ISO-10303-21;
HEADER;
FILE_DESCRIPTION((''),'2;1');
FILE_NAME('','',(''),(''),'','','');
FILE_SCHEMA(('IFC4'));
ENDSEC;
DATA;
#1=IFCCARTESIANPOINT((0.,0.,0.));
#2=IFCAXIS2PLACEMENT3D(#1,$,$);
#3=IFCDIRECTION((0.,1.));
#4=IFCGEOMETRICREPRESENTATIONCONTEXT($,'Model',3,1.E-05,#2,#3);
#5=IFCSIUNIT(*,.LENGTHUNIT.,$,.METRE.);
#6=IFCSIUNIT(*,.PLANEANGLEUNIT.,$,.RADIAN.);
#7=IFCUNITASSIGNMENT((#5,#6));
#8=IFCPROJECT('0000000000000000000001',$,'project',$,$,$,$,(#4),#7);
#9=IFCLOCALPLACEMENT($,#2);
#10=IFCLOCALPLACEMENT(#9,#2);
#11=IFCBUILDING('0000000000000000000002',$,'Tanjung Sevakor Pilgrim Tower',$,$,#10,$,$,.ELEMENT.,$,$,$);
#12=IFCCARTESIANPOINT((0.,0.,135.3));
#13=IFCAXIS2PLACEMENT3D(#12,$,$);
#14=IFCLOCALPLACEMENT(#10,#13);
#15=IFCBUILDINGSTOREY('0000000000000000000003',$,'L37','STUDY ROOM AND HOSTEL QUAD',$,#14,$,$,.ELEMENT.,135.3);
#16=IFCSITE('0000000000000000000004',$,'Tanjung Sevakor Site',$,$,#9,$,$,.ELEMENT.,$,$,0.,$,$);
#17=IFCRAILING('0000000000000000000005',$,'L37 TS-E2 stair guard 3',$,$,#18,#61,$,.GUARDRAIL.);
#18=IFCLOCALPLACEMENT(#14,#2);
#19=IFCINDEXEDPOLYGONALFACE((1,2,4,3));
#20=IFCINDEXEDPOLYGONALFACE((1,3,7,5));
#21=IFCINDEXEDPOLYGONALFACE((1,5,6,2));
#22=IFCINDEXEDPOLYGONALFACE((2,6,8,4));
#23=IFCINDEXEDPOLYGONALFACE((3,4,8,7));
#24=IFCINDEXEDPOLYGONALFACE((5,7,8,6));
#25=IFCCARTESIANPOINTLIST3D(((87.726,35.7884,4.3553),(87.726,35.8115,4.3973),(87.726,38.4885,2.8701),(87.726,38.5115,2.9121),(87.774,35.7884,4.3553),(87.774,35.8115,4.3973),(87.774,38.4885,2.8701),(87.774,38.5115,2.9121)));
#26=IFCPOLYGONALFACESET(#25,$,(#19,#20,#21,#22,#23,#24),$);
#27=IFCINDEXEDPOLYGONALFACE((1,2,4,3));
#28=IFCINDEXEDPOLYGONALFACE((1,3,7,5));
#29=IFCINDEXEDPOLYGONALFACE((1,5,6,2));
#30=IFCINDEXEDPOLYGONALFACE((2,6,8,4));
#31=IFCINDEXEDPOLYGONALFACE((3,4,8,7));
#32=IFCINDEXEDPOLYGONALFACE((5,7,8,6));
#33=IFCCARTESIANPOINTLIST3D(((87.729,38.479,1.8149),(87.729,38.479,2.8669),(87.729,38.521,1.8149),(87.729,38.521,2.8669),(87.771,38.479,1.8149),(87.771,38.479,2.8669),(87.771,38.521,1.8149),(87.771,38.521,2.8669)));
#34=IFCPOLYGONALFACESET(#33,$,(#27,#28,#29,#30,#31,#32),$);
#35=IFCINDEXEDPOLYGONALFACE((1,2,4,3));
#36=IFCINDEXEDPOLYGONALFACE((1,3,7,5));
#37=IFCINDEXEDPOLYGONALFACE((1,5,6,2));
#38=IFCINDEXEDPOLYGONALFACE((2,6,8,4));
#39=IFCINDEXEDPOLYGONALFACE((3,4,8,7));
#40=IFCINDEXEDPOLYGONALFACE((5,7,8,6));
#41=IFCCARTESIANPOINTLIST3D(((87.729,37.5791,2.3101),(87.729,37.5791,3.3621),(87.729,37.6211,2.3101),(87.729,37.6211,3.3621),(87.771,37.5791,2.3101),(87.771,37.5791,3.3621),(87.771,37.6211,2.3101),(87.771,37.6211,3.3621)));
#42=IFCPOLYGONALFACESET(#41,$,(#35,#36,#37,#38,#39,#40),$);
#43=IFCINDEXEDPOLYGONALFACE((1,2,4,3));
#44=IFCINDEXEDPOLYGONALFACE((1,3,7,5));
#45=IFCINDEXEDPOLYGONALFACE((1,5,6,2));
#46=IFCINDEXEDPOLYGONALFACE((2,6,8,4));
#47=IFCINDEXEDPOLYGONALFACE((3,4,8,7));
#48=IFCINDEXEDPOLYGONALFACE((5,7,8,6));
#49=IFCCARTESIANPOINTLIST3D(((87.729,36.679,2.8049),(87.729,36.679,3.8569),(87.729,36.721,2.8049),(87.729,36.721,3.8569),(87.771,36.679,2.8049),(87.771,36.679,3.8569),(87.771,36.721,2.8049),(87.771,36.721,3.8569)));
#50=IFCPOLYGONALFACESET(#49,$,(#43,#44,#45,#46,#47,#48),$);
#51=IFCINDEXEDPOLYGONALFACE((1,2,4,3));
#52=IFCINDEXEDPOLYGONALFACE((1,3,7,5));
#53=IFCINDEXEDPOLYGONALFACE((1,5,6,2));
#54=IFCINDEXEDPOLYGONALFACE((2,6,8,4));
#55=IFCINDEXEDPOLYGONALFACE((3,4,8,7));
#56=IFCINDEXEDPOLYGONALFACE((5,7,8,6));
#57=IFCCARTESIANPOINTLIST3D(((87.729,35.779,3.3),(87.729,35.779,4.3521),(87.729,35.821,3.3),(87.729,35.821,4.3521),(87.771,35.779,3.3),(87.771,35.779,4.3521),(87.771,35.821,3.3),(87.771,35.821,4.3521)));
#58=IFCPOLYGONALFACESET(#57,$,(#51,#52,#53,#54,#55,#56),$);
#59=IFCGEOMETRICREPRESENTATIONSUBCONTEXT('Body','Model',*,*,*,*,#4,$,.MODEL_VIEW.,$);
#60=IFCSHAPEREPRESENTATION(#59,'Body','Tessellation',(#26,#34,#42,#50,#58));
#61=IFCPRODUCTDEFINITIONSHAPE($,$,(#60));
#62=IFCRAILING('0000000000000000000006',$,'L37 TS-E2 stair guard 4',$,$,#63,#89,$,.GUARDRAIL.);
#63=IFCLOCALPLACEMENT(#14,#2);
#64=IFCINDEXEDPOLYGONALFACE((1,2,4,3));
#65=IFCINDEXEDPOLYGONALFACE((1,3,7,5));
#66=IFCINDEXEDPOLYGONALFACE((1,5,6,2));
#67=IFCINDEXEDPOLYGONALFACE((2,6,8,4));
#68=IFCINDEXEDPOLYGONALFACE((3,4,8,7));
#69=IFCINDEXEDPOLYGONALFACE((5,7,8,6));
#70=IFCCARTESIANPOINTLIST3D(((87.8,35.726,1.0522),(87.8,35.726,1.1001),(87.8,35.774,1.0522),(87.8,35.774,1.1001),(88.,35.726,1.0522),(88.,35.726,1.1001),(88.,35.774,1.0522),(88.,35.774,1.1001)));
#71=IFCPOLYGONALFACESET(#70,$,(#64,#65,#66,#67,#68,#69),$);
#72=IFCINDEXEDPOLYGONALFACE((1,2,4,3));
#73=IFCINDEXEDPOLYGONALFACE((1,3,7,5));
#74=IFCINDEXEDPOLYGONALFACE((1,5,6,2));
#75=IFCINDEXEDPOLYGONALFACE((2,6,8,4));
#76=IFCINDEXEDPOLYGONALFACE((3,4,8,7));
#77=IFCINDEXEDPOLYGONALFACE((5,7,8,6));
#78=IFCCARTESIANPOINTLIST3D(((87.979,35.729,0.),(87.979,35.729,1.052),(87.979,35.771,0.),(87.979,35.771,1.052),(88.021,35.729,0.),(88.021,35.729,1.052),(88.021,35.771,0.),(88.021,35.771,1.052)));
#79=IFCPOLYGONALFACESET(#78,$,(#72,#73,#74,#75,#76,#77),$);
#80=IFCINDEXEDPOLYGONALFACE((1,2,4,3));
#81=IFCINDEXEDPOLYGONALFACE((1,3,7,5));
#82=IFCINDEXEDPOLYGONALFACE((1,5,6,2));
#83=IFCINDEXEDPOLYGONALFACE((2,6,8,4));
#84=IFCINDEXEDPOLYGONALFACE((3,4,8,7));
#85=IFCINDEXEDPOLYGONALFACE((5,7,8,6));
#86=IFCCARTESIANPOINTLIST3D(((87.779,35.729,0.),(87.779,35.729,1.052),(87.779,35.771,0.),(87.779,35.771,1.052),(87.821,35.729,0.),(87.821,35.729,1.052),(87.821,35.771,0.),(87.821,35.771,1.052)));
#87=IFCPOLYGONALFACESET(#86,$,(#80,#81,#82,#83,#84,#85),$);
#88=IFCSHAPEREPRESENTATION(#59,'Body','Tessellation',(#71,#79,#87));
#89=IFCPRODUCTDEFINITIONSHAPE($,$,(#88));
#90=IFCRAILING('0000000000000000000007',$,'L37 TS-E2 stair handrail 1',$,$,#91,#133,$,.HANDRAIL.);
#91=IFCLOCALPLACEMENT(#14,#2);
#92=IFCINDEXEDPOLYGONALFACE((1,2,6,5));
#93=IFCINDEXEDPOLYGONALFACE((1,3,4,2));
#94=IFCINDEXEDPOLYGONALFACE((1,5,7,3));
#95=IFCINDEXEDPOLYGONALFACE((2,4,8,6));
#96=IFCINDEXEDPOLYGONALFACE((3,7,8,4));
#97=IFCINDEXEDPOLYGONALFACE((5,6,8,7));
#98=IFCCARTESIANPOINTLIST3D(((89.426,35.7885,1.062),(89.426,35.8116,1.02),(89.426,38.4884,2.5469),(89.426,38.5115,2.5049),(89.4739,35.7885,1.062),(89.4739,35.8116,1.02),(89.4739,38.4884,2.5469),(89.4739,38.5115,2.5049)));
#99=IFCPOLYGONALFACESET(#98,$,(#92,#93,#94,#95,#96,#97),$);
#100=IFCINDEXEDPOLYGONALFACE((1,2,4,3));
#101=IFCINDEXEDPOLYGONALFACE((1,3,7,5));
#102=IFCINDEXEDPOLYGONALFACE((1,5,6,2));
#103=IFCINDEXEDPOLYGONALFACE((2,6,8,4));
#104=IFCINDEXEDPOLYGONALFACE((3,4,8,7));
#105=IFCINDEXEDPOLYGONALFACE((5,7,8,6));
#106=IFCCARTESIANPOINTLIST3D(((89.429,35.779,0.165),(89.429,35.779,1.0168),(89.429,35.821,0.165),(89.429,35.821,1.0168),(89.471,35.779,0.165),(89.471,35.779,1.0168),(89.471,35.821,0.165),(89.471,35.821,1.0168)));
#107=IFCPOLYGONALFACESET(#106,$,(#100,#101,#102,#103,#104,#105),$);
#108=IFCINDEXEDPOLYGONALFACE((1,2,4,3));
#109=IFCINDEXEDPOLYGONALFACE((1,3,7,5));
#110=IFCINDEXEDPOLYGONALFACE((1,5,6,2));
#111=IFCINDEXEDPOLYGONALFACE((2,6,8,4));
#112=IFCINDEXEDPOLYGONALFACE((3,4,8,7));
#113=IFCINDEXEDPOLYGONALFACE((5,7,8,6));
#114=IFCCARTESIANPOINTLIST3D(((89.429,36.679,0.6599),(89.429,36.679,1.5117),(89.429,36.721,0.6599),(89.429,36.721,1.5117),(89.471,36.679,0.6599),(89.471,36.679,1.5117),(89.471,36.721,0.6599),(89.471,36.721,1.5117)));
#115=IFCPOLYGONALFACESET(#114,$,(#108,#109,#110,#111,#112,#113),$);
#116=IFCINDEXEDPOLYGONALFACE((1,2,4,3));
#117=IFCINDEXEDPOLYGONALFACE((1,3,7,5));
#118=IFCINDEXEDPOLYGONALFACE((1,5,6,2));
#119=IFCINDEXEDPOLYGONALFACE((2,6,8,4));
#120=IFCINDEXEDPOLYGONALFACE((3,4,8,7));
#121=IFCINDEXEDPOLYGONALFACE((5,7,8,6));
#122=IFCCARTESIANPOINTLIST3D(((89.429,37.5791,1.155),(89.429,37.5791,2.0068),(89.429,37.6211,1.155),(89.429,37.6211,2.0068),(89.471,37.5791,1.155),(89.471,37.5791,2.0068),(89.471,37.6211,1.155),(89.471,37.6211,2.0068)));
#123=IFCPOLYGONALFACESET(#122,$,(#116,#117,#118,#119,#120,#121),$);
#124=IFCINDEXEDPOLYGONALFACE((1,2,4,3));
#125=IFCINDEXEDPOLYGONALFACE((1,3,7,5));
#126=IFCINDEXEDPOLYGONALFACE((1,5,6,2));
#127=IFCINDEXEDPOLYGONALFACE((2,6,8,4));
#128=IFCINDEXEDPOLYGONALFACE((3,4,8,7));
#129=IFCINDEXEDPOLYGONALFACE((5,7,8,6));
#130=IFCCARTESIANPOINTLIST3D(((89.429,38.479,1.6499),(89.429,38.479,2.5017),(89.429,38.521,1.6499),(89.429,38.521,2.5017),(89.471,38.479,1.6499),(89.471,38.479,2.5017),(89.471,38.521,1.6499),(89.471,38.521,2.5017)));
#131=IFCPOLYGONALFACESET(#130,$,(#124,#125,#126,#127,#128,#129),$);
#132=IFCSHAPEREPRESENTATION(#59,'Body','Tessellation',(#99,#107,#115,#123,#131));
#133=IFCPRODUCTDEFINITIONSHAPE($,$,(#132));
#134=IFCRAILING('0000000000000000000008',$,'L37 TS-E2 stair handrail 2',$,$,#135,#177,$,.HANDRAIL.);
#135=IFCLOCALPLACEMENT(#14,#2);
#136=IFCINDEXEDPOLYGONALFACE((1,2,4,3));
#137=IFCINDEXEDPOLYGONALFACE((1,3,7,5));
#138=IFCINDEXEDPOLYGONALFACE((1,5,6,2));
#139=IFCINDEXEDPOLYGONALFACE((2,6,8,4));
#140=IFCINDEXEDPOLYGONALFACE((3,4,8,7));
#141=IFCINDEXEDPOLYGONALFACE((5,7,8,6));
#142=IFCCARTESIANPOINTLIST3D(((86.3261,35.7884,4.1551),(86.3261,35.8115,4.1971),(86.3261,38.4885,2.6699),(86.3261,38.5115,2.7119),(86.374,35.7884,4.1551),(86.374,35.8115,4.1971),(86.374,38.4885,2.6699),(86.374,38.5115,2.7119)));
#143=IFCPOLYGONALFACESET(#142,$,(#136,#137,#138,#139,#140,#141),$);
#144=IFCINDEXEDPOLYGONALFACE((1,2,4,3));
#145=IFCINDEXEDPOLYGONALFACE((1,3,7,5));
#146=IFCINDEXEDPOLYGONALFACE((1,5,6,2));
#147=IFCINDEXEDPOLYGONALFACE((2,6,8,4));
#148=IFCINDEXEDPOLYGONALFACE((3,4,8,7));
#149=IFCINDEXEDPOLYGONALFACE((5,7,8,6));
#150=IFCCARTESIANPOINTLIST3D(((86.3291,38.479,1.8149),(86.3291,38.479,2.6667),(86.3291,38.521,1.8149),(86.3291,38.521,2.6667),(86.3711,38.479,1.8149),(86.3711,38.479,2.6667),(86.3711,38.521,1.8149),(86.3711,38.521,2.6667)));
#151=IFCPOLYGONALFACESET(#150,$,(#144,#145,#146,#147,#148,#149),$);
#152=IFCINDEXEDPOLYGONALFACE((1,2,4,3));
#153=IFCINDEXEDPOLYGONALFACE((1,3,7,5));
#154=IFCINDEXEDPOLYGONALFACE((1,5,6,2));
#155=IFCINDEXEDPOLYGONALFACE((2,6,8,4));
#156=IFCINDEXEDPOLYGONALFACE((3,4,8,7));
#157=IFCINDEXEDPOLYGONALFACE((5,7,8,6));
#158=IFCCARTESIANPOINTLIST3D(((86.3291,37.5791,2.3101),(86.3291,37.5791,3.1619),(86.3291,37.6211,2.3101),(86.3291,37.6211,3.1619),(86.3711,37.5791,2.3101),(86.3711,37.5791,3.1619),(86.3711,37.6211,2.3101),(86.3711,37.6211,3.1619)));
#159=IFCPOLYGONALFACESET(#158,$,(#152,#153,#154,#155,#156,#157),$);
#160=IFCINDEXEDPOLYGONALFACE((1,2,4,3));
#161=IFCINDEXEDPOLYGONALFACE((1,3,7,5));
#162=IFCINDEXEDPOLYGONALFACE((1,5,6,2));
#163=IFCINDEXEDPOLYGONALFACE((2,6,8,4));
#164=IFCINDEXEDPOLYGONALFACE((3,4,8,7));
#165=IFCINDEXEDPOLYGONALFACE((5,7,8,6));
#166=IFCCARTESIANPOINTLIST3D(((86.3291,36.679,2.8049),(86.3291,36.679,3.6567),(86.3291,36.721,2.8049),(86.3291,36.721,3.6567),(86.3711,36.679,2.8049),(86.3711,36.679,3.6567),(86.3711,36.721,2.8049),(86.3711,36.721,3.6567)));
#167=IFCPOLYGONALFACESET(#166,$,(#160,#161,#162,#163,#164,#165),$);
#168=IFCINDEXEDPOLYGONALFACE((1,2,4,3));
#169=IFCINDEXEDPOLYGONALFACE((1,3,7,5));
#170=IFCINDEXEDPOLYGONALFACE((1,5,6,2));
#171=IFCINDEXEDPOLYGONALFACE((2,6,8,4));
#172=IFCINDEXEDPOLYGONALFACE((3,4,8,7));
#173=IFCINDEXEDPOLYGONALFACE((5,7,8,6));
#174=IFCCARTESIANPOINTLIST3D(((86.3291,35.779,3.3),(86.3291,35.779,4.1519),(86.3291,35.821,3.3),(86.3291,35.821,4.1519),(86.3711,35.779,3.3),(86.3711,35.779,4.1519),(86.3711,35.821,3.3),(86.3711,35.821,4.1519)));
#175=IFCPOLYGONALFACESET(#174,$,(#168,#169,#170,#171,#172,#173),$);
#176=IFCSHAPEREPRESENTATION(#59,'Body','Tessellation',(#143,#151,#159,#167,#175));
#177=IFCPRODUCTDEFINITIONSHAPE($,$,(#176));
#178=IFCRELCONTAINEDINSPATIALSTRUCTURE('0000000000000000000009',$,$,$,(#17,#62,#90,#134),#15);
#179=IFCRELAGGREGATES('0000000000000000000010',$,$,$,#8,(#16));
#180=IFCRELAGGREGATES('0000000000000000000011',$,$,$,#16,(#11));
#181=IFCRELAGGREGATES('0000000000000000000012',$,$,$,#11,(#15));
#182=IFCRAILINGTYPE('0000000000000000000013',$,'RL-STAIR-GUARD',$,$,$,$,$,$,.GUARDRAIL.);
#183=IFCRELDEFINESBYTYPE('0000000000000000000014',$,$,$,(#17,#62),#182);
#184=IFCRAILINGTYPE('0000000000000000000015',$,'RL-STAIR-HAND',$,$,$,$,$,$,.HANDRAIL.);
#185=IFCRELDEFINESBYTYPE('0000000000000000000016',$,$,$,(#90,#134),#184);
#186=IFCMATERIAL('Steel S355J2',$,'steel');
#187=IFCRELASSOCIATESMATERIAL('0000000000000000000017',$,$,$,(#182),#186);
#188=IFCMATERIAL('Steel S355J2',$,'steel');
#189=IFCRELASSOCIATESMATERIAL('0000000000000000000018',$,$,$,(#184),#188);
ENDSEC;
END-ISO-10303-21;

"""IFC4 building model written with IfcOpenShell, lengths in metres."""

from ifc_helpers import new_model, si_unit, direction, frame, origin, place, context, subcontext, project, spatial, rectangle, extrude, material, type_object, element, save


model = new_model("IFC4")

# Units and contexts
model_context = context("Model", 3, precision=1e-05, world=origin(), true_north=direction((0.0, 1.0)))
body_context = subcontext(model_context, "Body", "Model", "MODEL_VIEW")
ifc_project = project(units=[si_unit("LENGTHUNIT", "METRE"), si_unit("PLANEANGLEUNIT", "RADIAN")], contexts=[model_context])

# Site, building, storey
site_placement = place(None, origin())
site = spatial("IfcSite", under=ifc_project, at=site_placement, Name="Tanjung Sevakor Site", CompositionType="ELEMENT", RefElevation=0.0)
building_placement = place(site_placement, origin())
building = spatial("IfcBuilding", under=site, at=building_placement, Name="Tanjung Sevakor Pilgrim Tower", CompositionType="ELEMENT")
storey_placement = place(building_placement, frame((0.0, 0.0, 135.3)))
storey = spatial("IfcBuildingStorey", under=building, at=storey_placement, Name="L37", Description="STUDY ROOM AND HOSTEL QUAD", CompositionType="ELEMENT", Elevation=135.3)

# Railings
ifc_material_1 = material(Name="Steel S355J2", Category="steel")
railing_type_1 = type_object("IfcRailingType", Name="RL-STAIR-GUARD", PredefinedType="GUARDRAIL", material=ifc_material_1)
railing_1_placement = place(storey_placement, frame((87.75, 38.5, 1.8149)))
element("IfcRailing", 1, at=railing_1_placement, inside=storey, type_object=railing_type_1, Name="L37 TS-E2 stair guard 3", PredefinedType="GUARDRAIL", context=body_context, shape_type="SweptSolid", body=[
    extrude(rectangle(XDim=0.0479, YDim=0.0479), frame((0.0, 0.0, 1.0762), z_axis=(0.0, -0.876198, 0.481952), x_axis=(1.0, 0.0, 0.0)), (0.0, 0.0, 1.0), 3.0815),
    extrude(rectangle(XDim=0.042, YDim=0.042), origin(), (0.0, 0.0, 1.0), 1.052),
    extrude(rectangle(XDim=0.042, YDim=0.042), frame((0.0, -0.8999, 0.4951)), (0.0, 0.0, 1.0), 1.052),
    extrude(rectangle(XDim=0.042, YDim=0.042), frame((0.0, -1.8, 0.99)), (0.0, 0.0, 1.0), 1.052),
    extrude(rectangle(XDim=0.042, YDim=0.042), frame((0.0, -2.7, 1.4851)), (0.0, 0.0, 1.0), 1.052),
])
railing_2_placement = place(storey_placement, frame((88.0, 35.75, 0.0)))
element("IfcRailing", 2, at=railing_2_placement, inside=storey, type_object=railing_type_1, Name="L37 TS-E2 stair guard 4", PredefinedType="GUARDRAIL", context=body_context, shape_type="SweptSolid", body=[
    extrude(rectangle(XDim=0.0479, YDim=0.0479), frame((0.0, 0.0, 1.0762), z_axis=(-1.0, 0.0, 0.0), x_axis=(0.0, -1.0, 0.0)), (0.0, 0.0, 1.0), 0.2),
    extrude(rectangle(XDim=0.042, YDim=0.042), origin(), (0.0, 0.0, 1.0), 1.052),
    extrude(rectangle(XDim=0.042, YDim=0.042), frame((-0.2, 0.0, 0.0)), (0.0, 0.0, 1.0), 1.052),
])
ifc_material_2 = material(Name="Steel S355J2", Category="steel")
railing_type_2 = type_object("IfcRailingType", Name="RL-STAIR-HAND", PredefinedType="HANDRAIL", material=ifc_material_2)
railing_3_placement = place(storey_placement, frame((89.45, 35.8, 0.165)))
element("IfcRailing", 3, at=railing_3_placement, inside=storey, type_object=railing_type_2, Name="L37 TS-E2 stair handrail 1", PredefinedType="HANDRAIL", context=body_context, shape_type="SweptSolid", body=[
    extrude(rectangle(XDim=0.0479, YDim=0.0479), frame((0.0, 0.0, 0.876), z_axis=(0.0, 0.876231, 0.481891), x_axis=(-1.0, 0.0, 0.0)), (0.0, 0.0, 1.0), 3.0813),
    extrude(rectangle(XDim=0.042, YDim=0.042), origin(), (0.0, 0.0, 1.0), 0.8518),
    extrude(rectangle(XDim=0.042, YDim=0.042), frame((0.0, 0.8999, 0.4949)), (0.0, 0.0, 1.0), 0.8518),
    extrude(rectangle(XDim=0.042, YDim=0.042), frame((0.0, 1.8, 0.99)), (0.0, 0.0, 1.0), 0.8518),
    extrude(rectangle(XDim=0.042, YDim=0.042), frame((0.0, 2.7, 1.4849)), (0.0, 0.0, 1.0), 0.8518),
])
railing_4_placement = place(storey_placement, frame((86.3501, 38.5, 1.8149)))
element("IfcRailing", 4, at=railing_4_placement, inside=storey, type_object=railing_type_2, Name="L37 TS-E2 stair handrail 2", PredefinedType="HANDRAIL", context=body_context, shape_type="SweptSolid", body=[
    extrude(rectangle(XDim=0.0479, YDim=0.0479), frame((0.0, 0.0, 0.876), z_axis=(0.0, -0.876198, 0.481952), x_axis=(1.0, 0.0, 0.0)), (0.0, 0.0, 1.0), 3.0815),
    extrude(rectangle(XDim=0.042, YDim=0.042), origin(), (0.0, 0.0, 1.0), 0.8518),
    extrude(rectangle(XDim=0.042, YDim=0.042), frame((0.0, -0.8999, 0.4951)), (0.0, 0.0, 1.0), 0.8518),
    extrude(rectangle(XDim=0.042, YDim=0.042), frame((0.0, -1.8, 0.99)), (0.0, 0.0, 1.0), 0.8518),
    extrude(rectangle(XDim=0.042, YDim=0.042), frame((0.0, -2.7, 1.4851)), (0.0, 0.0, 1.0), 0.8518),
])

save(model, "model.ifc")
